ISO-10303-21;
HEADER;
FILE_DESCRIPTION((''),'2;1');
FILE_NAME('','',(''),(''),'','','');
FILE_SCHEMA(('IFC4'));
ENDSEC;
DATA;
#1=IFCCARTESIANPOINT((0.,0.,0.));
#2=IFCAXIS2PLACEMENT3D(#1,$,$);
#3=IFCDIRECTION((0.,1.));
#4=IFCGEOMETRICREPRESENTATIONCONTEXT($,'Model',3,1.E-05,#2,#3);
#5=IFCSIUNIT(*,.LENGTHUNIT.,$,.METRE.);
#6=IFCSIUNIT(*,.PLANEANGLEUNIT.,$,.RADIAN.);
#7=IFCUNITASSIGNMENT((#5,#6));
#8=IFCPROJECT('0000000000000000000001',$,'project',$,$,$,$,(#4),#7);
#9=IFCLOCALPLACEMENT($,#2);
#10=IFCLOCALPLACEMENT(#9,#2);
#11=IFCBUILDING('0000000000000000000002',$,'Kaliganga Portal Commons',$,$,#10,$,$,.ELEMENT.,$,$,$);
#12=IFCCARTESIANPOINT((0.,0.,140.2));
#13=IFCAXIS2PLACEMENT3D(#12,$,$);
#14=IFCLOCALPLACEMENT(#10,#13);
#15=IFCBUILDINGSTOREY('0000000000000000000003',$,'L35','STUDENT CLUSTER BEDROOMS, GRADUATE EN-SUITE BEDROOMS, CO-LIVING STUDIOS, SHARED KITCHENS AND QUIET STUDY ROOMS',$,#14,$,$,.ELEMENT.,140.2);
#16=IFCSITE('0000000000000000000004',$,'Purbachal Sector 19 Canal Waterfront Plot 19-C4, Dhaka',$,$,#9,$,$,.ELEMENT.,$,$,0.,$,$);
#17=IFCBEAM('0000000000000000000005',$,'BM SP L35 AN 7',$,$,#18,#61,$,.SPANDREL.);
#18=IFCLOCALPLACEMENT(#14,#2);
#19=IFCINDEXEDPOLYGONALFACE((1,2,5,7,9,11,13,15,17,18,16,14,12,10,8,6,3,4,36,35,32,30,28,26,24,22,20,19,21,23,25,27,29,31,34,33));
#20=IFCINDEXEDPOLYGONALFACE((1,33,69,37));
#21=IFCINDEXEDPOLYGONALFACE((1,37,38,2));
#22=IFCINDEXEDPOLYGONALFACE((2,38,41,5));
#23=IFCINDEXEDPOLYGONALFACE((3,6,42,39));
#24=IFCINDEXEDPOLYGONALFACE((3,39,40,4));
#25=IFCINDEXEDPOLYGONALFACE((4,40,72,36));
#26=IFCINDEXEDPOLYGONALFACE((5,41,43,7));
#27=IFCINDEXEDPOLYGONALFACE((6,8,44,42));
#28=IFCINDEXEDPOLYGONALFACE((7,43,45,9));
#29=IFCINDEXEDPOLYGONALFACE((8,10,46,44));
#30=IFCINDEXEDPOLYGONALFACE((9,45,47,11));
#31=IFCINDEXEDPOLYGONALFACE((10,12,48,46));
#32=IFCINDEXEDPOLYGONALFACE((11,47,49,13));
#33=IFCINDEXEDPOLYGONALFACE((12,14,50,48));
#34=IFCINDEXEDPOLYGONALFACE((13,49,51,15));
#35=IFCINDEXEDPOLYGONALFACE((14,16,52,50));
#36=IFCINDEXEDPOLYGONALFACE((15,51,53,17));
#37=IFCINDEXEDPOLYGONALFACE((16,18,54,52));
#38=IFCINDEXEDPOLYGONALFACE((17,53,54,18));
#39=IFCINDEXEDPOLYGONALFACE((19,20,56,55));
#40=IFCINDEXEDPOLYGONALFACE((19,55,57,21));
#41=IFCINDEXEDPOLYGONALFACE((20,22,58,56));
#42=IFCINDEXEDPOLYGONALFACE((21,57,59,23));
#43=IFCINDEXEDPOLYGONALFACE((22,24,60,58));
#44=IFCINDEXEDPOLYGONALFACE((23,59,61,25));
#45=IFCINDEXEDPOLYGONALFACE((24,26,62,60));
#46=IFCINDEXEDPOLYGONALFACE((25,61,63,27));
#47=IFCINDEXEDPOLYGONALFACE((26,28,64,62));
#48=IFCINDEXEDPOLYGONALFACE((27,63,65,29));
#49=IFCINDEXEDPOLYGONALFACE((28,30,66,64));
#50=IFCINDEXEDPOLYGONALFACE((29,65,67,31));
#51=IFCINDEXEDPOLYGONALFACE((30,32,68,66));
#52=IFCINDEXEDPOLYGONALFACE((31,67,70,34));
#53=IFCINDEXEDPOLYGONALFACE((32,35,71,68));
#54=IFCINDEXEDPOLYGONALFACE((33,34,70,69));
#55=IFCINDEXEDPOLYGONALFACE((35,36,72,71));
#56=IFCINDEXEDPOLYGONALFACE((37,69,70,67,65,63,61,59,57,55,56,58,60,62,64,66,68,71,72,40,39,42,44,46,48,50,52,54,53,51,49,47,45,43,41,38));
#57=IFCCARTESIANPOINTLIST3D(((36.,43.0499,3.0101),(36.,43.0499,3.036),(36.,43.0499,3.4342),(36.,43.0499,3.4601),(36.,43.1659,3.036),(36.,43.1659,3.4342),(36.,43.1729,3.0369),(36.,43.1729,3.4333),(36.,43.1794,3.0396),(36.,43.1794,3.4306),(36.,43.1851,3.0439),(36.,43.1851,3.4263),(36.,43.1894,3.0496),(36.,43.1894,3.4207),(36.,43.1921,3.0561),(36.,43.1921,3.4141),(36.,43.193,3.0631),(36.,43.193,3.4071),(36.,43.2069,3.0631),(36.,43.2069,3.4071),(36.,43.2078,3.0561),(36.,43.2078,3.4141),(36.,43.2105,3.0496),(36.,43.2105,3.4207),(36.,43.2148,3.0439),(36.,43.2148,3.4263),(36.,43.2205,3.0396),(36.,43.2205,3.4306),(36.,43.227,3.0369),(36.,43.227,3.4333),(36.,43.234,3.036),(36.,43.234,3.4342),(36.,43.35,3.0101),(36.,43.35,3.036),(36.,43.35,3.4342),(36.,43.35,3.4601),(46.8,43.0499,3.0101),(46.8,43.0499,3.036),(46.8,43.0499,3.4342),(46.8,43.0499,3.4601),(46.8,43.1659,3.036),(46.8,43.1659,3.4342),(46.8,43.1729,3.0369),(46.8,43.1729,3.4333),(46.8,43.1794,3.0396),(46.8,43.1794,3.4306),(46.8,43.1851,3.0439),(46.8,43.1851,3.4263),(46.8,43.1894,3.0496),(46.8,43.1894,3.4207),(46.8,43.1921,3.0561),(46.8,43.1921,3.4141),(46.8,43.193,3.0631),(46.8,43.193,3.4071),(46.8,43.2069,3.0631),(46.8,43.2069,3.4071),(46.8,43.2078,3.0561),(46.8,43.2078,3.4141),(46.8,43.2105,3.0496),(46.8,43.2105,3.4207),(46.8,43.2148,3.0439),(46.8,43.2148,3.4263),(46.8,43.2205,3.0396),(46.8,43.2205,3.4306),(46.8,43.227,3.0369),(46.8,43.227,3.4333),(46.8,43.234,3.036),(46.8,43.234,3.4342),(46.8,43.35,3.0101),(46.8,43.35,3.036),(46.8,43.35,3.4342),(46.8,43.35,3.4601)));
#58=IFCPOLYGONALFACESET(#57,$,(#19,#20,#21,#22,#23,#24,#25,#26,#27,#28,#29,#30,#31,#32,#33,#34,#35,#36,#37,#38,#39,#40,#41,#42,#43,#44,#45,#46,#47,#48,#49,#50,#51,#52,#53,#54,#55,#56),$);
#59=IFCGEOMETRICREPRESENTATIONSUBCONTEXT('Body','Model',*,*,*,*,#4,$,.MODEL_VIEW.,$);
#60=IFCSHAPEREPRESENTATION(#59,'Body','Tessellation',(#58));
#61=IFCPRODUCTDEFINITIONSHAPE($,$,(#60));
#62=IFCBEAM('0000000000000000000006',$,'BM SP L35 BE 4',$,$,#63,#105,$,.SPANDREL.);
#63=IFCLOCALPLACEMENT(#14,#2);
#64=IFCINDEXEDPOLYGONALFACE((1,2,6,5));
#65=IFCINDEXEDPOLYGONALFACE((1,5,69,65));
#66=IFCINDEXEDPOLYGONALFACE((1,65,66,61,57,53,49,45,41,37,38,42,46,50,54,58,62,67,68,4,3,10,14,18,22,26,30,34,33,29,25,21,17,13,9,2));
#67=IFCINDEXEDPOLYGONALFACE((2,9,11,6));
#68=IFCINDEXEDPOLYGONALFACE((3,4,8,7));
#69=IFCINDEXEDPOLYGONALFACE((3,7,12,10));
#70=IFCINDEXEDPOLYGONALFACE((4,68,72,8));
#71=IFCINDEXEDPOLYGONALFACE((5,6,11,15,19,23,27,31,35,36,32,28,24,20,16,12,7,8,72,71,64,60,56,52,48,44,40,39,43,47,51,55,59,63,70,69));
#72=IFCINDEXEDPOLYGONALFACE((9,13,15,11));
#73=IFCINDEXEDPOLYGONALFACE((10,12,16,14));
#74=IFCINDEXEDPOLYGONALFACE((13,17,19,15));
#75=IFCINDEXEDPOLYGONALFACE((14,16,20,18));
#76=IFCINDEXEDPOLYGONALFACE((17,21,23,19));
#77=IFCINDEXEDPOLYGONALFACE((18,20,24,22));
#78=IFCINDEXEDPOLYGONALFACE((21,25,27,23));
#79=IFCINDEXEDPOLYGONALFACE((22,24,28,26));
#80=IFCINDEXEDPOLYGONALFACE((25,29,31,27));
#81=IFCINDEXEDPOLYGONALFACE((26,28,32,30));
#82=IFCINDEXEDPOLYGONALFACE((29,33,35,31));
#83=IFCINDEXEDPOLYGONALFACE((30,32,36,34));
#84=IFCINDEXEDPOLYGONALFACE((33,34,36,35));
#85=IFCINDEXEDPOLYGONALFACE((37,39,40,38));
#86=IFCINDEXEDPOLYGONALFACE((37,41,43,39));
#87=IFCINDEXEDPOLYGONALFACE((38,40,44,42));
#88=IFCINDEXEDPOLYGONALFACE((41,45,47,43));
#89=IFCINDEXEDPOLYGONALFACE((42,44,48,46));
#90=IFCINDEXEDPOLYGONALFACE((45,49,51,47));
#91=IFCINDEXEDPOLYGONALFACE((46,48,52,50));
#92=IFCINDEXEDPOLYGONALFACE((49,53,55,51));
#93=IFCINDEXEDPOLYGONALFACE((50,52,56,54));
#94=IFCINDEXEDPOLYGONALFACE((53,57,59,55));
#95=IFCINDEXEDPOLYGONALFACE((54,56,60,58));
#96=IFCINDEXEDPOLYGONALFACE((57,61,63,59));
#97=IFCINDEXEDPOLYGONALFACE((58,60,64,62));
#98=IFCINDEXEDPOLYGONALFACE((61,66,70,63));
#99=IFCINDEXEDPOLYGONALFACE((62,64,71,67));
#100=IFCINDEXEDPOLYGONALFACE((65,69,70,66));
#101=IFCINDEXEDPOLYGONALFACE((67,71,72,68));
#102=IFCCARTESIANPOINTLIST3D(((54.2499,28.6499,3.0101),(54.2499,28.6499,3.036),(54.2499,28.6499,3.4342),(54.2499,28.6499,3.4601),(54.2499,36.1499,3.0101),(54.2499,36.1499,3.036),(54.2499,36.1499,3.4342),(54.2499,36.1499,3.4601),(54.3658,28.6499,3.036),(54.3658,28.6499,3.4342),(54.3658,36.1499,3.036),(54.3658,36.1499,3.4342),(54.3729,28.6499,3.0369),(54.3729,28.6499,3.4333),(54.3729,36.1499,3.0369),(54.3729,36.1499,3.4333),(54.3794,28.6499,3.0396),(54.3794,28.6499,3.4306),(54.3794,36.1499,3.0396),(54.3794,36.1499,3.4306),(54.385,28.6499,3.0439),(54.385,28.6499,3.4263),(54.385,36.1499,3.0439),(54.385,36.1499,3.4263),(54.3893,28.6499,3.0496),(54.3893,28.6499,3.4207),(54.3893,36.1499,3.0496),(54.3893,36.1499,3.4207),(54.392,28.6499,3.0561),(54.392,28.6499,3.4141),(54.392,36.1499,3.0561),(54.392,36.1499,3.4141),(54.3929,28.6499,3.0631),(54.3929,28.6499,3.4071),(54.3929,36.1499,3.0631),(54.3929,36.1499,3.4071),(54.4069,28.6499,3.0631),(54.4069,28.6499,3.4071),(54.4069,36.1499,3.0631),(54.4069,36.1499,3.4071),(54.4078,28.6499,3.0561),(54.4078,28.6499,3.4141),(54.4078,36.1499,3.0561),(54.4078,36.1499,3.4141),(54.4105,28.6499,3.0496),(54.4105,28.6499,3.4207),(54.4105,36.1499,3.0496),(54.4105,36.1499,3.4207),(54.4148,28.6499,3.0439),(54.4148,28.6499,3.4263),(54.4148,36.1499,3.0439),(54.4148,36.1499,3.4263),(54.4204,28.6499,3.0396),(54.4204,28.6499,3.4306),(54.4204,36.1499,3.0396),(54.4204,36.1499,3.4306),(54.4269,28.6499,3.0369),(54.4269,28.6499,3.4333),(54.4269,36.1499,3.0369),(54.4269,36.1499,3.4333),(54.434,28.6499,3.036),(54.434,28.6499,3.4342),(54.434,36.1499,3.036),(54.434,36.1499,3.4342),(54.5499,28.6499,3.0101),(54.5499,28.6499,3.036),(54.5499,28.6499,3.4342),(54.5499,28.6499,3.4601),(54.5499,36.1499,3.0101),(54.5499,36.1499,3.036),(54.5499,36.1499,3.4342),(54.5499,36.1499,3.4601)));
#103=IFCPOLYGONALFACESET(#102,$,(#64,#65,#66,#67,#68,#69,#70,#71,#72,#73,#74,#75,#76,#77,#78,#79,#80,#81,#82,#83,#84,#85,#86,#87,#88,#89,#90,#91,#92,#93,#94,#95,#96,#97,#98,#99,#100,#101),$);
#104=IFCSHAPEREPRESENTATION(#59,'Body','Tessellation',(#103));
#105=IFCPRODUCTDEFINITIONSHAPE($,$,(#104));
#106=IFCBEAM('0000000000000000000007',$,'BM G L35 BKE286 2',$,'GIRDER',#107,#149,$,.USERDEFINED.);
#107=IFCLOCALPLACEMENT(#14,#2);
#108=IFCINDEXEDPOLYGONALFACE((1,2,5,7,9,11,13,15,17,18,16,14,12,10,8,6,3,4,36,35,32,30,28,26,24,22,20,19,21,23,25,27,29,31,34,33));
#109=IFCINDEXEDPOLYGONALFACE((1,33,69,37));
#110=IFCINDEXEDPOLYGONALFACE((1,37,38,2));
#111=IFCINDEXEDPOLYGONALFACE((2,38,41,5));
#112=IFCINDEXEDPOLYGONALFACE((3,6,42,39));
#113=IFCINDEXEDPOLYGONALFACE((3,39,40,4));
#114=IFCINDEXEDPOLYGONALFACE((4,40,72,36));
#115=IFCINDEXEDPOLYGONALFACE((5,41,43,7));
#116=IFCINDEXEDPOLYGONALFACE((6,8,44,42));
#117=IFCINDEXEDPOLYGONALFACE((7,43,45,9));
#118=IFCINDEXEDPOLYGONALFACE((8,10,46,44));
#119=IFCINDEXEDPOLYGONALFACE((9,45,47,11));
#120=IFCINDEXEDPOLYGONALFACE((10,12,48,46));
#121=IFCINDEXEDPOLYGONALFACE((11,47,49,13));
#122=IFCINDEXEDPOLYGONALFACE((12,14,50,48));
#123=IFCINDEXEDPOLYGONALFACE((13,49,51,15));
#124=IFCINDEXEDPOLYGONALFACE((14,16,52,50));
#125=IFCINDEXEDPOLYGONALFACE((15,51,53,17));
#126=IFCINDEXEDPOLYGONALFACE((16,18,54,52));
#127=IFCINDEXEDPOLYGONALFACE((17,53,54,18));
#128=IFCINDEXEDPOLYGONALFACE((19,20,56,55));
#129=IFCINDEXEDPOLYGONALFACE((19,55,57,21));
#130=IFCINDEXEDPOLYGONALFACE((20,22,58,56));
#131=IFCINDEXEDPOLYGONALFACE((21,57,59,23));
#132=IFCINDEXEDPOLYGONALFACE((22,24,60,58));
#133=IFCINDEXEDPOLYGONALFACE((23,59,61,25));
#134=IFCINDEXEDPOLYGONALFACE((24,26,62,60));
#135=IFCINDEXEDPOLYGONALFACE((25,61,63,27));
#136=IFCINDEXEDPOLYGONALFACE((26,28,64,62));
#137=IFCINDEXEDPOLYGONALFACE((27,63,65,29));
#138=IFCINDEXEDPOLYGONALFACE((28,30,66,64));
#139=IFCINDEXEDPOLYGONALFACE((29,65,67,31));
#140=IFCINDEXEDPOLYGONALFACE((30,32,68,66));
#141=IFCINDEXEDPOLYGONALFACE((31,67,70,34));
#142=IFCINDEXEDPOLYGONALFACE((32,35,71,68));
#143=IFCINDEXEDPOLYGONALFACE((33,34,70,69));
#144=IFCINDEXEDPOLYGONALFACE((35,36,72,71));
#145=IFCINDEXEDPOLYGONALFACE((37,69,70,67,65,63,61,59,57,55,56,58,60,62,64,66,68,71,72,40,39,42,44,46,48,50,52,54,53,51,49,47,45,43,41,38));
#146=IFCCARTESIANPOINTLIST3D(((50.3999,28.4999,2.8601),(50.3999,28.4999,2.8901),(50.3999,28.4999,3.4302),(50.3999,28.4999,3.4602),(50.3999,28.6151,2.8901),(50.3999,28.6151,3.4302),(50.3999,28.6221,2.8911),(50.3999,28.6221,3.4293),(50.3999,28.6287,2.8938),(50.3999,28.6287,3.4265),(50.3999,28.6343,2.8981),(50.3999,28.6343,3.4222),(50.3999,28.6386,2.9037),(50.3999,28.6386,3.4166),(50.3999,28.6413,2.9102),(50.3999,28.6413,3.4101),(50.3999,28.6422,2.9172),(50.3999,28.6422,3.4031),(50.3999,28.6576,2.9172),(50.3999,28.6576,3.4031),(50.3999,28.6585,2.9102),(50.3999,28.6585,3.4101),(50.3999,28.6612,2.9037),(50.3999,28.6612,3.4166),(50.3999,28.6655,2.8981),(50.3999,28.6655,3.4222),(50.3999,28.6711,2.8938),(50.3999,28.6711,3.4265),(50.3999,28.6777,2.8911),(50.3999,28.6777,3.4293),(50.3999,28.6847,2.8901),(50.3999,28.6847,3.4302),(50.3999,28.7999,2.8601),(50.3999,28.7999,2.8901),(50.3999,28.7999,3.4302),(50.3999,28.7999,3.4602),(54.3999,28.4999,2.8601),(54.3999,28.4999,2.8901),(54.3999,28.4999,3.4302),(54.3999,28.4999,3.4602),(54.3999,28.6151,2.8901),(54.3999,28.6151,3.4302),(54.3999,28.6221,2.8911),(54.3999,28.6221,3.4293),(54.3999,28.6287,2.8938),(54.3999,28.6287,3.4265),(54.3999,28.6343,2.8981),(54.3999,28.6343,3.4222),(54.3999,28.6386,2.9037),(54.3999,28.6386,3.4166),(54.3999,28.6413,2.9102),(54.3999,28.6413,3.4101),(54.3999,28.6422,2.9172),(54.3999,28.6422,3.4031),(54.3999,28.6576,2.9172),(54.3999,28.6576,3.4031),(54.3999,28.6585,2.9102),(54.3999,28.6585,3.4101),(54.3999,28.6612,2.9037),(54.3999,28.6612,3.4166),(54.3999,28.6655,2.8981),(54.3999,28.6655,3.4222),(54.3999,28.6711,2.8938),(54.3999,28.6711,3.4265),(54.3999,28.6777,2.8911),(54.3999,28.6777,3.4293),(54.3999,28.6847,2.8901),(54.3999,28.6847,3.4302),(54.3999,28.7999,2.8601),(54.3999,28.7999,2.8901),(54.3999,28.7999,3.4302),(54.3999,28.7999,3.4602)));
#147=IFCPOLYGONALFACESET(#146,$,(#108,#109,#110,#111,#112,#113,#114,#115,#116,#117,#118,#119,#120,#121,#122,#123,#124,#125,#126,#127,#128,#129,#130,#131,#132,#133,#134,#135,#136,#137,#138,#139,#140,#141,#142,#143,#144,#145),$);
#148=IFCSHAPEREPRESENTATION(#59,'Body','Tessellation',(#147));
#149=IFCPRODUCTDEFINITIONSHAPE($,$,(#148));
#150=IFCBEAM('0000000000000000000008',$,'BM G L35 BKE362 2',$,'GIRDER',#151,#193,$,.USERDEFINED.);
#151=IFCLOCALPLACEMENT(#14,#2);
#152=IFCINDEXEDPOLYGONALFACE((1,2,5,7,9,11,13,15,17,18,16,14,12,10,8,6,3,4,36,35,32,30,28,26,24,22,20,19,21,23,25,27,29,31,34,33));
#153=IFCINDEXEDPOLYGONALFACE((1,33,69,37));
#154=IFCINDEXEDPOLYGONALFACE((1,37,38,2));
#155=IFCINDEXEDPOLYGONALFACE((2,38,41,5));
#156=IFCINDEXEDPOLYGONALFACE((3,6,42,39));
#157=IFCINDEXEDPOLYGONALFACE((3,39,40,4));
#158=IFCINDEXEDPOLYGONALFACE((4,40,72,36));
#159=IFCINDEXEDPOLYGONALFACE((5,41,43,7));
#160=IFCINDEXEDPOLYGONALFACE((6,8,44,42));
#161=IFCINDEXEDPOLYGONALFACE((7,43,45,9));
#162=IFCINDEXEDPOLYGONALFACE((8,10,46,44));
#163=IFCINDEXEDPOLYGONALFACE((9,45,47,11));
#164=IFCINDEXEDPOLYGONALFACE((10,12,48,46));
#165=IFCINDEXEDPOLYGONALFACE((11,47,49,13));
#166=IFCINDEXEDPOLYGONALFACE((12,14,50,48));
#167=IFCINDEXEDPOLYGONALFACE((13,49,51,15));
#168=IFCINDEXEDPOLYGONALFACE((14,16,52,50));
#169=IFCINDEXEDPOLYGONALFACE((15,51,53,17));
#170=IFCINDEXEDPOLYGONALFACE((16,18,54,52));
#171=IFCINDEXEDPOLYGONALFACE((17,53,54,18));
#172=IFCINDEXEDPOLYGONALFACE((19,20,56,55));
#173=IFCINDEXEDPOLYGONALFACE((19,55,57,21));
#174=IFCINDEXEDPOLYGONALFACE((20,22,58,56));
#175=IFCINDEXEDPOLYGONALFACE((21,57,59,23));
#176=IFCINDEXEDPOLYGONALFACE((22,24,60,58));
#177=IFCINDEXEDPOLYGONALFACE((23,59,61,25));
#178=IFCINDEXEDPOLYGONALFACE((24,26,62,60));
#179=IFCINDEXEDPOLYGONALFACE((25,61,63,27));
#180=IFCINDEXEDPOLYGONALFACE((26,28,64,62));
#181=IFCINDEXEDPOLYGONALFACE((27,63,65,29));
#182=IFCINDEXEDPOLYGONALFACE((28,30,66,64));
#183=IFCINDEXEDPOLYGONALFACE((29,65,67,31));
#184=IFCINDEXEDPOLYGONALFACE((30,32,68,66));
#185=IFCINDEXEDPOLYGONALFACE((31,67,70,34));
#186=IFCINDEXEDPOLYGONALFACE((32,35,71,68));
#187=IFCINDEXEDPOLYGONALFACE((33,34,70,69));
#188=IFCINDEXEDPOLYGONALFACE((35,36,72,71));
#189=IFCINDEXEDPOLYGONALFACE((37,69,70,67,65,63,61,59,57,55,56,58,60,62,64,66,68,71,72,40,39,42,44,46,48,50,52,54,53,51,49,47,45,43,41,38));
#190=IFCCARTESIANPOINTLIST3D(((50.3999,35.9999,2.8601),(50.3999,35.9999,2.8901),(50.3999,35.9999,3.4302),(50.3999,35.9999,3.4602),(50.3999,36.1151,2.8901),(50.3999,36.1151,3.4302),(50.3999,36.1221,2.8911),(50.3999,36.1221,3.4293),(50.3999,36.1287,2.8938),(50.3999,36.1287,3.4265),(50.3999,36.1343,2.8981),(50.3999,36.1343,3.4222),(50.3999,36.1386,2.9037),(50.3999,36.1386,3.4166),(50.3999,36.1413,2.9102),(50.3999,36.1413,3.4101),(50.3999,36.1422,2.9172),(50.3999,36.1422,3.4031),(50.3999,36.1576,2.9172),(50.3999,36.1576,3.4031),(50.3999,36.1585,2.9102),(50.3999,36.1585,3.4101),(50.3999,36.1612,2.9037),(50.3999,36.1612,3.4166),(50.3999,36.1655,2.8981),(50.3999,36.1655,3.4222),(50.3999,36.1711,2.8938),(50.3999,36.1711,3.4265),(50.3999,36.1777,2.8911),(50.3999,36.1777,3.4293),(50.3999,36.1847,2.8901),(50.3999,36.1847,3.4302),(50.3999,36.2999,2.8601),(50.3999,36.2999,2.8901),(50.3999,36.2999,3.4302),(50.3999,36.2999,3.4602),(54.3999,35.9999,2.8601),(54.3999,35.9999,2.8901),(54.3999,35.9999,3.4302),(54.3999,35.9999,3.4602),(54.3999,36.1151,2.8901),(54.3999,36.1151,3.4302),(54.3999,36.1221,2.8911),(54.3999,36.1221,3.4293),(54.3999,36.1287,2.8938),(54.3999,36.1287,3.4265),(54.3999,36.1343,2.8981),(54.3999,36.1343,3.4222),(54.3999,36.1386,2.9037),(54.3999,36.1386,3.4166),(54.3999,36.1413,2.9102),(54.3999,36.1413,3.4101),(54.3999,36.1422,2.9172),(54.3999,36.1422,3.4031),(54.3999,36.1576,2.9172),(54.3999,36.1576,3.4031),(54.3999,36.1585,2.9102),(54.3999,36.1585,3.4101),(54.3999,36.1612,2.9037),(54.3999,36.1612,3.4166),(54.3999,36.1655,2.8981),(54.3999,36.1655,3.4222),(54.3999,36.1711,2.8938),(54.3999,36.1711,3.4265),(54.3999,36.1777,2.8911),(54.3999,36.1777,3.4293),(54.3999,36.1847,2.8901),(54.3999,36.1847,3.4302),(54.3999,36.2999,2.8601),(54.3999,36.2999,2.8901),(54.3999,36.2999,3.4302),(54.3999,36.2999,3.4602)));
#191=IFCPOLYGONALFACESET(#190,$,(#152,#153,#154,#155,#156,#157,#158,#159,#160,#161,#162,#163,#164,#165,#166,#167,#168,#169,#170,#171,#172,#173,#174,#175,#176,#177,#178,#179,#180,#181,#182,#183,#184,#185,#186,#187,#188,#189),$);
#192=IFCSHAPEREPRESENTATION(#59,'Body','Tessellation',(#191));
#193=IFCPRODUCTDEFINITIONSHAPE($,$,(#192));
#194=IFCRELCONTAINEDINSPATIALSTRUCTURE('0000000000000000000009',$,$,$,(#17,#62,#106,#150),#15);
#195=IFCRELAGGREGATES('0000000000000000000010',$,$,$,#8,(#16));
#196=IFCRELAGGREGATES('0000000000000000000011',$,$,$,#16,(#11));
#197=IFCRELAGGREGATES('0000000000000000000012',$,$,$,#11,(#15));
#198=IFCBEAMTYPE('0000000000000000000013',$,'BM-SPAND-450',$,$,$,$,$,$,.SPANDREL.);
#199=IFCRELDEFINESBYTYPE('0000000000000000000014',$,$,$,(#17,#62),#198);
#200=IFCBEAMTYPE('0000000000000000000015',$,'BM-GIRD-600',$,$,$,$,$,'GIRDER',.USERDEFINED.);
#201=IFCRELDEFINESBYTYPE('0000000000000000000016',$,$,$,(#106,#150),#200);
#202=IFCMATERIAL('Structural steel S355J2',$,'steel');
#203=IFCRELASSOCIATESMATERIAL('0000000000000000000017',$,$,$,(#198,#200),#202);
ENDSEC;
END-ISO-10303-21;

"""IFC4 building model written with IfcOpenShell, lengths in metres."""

from ifc_helpers import new_model, si_unit, direction, frame, origin, origin_2d, place, context, subcontext, project, spatial, i_section, extrude, source, transform, mapped, material, material_profile, profile_set, type_object, element, save


model = new_model("IFC4")

# Units and contexts
model_context = context("Model", 3, precision=1e-05, world=origin(), true_north=direction((0.0, 1.0)))
body_context = subcontext(model_context, "Body", "Model", "MODEL_VIEW")
ifc_project = project(units=[si_unit("LENGTHUNIT", "METRE"), si_unit("PLANEANGLEUNIT", "RADIAN")], contexts=[model_context])

# Site, building, storey
site_placement = place(None, origin())
site = spatial("IfcSite", under=ifc_project, at=site_placement, Name="Purbachal Sector 19 Canal Waterfront Plot 19-C4, Dhaka", CompositionType="ELEMENT", RefElevation=0.0)
building_placement = place(site_placement, origin())
building = spatial("IfcBuilding", under=site, at=building_placement, Name="Kaliganga Portal Commons", CompositionType="ELEMENT")
storey_placement = place(building_placement, frame((0.0, 0.0, 140.2)))
storey = spatial("IfcBuildingStorey", under=building, at=storey_placement, Name="L35", Description="STUDENT CLUSTER BEDROOMS, GRADUATE EN-SUITE BEDROOMS, CO-LIVING STUDIOS, SHARED KITCHENS AND QUIET STUDY ROOMS", CompositionType="ELEMENT", Elevation=140.2)

# Beams
ifc_material_1 = material(Name="Structural steel S355J2", Category="steel")
ifc_material_profile_1 = material_profile(ifc_material_1, i_section(OverallWidth=0.3, OverallDepth=0.45, WebThickness=0.0139, FlangeThickness=0.0259, FilletRadius=0.0271, at=origin_2d()), Name="HE 450 B")
ifc_profile_set_1 = profile_set([ifc_material_profile_1], Name="Structural steel S355J2 wide-flange")
beam_type_1 = type_object("IfcBeamType", Name="BM-SPAND-450", PredefinedType="SPANDREL", material=ifc_profile_set_1)
shared_shape_1 = source(origin(), body_context, "Body", "SweptSolid", [
    extrude(i_section(OverallWidth=0.3, OverallDepth=0.45, WebThickness=0.0139, FlangeThickness=0.0259, FilletRadius=0.0271, at=origin_2d()), origin(), (0.0, 0.0, 1.0), 10.8),
])
beam_1_placement = place(storey_placement, frame((36.0, 43.2, 3.2351), z_axis=(1.0, 0.0, 0.0), x_axis=(0.0, 1.0, 0.0)))
element("IfcBeam", 1, at=beam_1_placement, inside=storey, type_object=beam_type_1, Name="BM SP L35 AN 7", PredefinedType="SPANDREL", context=body_context, shape_type="MappedRepresentation", body=[
    mapped(shared_shape_1, transform((0.0, 0.0, 0.0), x_axis=(1.0, 0.0, 0.0), y_axis=(0.0, 1.0, 0.0), z_axis=(0.0, 0.0, 1.0), scale=1.0)),
])
shared_shape_2 = source(origin(), body_context, "Body", "SweptSolid", [
    extrude(i_section(OverallWidth=0.3, OverallDepth=0.45, WebThickness=0.0139, FlangeThickness=0.0259, FilletRadius=0.0271, at=origin_2d()), origin(), (0.0, 0.0, 1.0), 7.5),
])
beam_2_placement = place(storey_placement, frame((54.3999, 28.6499, 3.2351), z_axis=(0.0, 1.0, 0.0), x_axis=(-1.0, 0.0, 0.0)))
element("IfcBeam", 2, at=beam_2_placement, inside=storey, type_object=beam_type_1, Name="BM SP L35 BE 4", PredefinedType="SPANDREL", context=body_context, shape_type="MappedRepresentation", body=[
    mapped(shared_shape_2, transform((0.0, 0.0, 0.0), x_axis=(1.0, 0.0, 0.0), y_axis=(0.0, 1.0, 0.0), z_axis=(0.0, 0.0, 1.0), scale=1.0)),
])
ifc_material_profile_2 = material_profile(ifc_material_1, i_section(OverallWidth=0.3, OverallDepth=0.6001, WebThickness=0.0154, FlangeThickness=0.03, FilletRadius=0.0271, at=origin_2d()), Name="HE 600 B")
ifc_profile_set_2 = profile_set([ifc_material_profile_2], Name="Structural steel S355J2 wide-flange")
beam_type_2 = type_object("IfcBeamType", Name="BM-GIRD-600", ElementType="GIRDER", PredefinedType="USERDEFINED", material=ifc_profile_set_2)
shared_shape_3 = source(origin(), body_context, "Body", "SweptSolid", [
    extrude(i_section(OverallWidth=0.3, OverallDepth=0.6001, WebThickness=0.0154, FlangeThickness=0.03, FilletRadius=0.0271, at=origin_2d()), origin(), (0.0, 0.0, 1.0), 4.0),
])
for number, where, z_axis, x_axis, name in (
    (3, (50.3999, 28.6499, 3.1602), (1.0, 0.0, 0.0), (0.0, 1.0, 0.0), "BM G L35 BKE286 2"),
    (4, (50.3999, 36.1499, 3.1602), (1.0, 0.0, 0.0), (0.0, 1.0, 0.0), "BM G L35 BKE362 2"),
):
    element("IfcBeam", number, at=place(storey_placement, frame(where, z_axis=z_axis, x_axis=x_axis)), inside=storey, type_object=beam_type_2, Name=name, ObjectType="GIRDER", PredefinedType="USERDEFINED", context=body_context, shape_type="MappedRepresentation", body=[
        mapped(shared_shape_3, transform((0.0, 0.0, 0.0), x_axis=(1.0, 0.0, 0.0), y_axis=(0.0, 1.0, 0.0), z_axis=(0.0, 0.0, 1.0), scale=1.0)),
    ])

save(model, "model.ifc")
